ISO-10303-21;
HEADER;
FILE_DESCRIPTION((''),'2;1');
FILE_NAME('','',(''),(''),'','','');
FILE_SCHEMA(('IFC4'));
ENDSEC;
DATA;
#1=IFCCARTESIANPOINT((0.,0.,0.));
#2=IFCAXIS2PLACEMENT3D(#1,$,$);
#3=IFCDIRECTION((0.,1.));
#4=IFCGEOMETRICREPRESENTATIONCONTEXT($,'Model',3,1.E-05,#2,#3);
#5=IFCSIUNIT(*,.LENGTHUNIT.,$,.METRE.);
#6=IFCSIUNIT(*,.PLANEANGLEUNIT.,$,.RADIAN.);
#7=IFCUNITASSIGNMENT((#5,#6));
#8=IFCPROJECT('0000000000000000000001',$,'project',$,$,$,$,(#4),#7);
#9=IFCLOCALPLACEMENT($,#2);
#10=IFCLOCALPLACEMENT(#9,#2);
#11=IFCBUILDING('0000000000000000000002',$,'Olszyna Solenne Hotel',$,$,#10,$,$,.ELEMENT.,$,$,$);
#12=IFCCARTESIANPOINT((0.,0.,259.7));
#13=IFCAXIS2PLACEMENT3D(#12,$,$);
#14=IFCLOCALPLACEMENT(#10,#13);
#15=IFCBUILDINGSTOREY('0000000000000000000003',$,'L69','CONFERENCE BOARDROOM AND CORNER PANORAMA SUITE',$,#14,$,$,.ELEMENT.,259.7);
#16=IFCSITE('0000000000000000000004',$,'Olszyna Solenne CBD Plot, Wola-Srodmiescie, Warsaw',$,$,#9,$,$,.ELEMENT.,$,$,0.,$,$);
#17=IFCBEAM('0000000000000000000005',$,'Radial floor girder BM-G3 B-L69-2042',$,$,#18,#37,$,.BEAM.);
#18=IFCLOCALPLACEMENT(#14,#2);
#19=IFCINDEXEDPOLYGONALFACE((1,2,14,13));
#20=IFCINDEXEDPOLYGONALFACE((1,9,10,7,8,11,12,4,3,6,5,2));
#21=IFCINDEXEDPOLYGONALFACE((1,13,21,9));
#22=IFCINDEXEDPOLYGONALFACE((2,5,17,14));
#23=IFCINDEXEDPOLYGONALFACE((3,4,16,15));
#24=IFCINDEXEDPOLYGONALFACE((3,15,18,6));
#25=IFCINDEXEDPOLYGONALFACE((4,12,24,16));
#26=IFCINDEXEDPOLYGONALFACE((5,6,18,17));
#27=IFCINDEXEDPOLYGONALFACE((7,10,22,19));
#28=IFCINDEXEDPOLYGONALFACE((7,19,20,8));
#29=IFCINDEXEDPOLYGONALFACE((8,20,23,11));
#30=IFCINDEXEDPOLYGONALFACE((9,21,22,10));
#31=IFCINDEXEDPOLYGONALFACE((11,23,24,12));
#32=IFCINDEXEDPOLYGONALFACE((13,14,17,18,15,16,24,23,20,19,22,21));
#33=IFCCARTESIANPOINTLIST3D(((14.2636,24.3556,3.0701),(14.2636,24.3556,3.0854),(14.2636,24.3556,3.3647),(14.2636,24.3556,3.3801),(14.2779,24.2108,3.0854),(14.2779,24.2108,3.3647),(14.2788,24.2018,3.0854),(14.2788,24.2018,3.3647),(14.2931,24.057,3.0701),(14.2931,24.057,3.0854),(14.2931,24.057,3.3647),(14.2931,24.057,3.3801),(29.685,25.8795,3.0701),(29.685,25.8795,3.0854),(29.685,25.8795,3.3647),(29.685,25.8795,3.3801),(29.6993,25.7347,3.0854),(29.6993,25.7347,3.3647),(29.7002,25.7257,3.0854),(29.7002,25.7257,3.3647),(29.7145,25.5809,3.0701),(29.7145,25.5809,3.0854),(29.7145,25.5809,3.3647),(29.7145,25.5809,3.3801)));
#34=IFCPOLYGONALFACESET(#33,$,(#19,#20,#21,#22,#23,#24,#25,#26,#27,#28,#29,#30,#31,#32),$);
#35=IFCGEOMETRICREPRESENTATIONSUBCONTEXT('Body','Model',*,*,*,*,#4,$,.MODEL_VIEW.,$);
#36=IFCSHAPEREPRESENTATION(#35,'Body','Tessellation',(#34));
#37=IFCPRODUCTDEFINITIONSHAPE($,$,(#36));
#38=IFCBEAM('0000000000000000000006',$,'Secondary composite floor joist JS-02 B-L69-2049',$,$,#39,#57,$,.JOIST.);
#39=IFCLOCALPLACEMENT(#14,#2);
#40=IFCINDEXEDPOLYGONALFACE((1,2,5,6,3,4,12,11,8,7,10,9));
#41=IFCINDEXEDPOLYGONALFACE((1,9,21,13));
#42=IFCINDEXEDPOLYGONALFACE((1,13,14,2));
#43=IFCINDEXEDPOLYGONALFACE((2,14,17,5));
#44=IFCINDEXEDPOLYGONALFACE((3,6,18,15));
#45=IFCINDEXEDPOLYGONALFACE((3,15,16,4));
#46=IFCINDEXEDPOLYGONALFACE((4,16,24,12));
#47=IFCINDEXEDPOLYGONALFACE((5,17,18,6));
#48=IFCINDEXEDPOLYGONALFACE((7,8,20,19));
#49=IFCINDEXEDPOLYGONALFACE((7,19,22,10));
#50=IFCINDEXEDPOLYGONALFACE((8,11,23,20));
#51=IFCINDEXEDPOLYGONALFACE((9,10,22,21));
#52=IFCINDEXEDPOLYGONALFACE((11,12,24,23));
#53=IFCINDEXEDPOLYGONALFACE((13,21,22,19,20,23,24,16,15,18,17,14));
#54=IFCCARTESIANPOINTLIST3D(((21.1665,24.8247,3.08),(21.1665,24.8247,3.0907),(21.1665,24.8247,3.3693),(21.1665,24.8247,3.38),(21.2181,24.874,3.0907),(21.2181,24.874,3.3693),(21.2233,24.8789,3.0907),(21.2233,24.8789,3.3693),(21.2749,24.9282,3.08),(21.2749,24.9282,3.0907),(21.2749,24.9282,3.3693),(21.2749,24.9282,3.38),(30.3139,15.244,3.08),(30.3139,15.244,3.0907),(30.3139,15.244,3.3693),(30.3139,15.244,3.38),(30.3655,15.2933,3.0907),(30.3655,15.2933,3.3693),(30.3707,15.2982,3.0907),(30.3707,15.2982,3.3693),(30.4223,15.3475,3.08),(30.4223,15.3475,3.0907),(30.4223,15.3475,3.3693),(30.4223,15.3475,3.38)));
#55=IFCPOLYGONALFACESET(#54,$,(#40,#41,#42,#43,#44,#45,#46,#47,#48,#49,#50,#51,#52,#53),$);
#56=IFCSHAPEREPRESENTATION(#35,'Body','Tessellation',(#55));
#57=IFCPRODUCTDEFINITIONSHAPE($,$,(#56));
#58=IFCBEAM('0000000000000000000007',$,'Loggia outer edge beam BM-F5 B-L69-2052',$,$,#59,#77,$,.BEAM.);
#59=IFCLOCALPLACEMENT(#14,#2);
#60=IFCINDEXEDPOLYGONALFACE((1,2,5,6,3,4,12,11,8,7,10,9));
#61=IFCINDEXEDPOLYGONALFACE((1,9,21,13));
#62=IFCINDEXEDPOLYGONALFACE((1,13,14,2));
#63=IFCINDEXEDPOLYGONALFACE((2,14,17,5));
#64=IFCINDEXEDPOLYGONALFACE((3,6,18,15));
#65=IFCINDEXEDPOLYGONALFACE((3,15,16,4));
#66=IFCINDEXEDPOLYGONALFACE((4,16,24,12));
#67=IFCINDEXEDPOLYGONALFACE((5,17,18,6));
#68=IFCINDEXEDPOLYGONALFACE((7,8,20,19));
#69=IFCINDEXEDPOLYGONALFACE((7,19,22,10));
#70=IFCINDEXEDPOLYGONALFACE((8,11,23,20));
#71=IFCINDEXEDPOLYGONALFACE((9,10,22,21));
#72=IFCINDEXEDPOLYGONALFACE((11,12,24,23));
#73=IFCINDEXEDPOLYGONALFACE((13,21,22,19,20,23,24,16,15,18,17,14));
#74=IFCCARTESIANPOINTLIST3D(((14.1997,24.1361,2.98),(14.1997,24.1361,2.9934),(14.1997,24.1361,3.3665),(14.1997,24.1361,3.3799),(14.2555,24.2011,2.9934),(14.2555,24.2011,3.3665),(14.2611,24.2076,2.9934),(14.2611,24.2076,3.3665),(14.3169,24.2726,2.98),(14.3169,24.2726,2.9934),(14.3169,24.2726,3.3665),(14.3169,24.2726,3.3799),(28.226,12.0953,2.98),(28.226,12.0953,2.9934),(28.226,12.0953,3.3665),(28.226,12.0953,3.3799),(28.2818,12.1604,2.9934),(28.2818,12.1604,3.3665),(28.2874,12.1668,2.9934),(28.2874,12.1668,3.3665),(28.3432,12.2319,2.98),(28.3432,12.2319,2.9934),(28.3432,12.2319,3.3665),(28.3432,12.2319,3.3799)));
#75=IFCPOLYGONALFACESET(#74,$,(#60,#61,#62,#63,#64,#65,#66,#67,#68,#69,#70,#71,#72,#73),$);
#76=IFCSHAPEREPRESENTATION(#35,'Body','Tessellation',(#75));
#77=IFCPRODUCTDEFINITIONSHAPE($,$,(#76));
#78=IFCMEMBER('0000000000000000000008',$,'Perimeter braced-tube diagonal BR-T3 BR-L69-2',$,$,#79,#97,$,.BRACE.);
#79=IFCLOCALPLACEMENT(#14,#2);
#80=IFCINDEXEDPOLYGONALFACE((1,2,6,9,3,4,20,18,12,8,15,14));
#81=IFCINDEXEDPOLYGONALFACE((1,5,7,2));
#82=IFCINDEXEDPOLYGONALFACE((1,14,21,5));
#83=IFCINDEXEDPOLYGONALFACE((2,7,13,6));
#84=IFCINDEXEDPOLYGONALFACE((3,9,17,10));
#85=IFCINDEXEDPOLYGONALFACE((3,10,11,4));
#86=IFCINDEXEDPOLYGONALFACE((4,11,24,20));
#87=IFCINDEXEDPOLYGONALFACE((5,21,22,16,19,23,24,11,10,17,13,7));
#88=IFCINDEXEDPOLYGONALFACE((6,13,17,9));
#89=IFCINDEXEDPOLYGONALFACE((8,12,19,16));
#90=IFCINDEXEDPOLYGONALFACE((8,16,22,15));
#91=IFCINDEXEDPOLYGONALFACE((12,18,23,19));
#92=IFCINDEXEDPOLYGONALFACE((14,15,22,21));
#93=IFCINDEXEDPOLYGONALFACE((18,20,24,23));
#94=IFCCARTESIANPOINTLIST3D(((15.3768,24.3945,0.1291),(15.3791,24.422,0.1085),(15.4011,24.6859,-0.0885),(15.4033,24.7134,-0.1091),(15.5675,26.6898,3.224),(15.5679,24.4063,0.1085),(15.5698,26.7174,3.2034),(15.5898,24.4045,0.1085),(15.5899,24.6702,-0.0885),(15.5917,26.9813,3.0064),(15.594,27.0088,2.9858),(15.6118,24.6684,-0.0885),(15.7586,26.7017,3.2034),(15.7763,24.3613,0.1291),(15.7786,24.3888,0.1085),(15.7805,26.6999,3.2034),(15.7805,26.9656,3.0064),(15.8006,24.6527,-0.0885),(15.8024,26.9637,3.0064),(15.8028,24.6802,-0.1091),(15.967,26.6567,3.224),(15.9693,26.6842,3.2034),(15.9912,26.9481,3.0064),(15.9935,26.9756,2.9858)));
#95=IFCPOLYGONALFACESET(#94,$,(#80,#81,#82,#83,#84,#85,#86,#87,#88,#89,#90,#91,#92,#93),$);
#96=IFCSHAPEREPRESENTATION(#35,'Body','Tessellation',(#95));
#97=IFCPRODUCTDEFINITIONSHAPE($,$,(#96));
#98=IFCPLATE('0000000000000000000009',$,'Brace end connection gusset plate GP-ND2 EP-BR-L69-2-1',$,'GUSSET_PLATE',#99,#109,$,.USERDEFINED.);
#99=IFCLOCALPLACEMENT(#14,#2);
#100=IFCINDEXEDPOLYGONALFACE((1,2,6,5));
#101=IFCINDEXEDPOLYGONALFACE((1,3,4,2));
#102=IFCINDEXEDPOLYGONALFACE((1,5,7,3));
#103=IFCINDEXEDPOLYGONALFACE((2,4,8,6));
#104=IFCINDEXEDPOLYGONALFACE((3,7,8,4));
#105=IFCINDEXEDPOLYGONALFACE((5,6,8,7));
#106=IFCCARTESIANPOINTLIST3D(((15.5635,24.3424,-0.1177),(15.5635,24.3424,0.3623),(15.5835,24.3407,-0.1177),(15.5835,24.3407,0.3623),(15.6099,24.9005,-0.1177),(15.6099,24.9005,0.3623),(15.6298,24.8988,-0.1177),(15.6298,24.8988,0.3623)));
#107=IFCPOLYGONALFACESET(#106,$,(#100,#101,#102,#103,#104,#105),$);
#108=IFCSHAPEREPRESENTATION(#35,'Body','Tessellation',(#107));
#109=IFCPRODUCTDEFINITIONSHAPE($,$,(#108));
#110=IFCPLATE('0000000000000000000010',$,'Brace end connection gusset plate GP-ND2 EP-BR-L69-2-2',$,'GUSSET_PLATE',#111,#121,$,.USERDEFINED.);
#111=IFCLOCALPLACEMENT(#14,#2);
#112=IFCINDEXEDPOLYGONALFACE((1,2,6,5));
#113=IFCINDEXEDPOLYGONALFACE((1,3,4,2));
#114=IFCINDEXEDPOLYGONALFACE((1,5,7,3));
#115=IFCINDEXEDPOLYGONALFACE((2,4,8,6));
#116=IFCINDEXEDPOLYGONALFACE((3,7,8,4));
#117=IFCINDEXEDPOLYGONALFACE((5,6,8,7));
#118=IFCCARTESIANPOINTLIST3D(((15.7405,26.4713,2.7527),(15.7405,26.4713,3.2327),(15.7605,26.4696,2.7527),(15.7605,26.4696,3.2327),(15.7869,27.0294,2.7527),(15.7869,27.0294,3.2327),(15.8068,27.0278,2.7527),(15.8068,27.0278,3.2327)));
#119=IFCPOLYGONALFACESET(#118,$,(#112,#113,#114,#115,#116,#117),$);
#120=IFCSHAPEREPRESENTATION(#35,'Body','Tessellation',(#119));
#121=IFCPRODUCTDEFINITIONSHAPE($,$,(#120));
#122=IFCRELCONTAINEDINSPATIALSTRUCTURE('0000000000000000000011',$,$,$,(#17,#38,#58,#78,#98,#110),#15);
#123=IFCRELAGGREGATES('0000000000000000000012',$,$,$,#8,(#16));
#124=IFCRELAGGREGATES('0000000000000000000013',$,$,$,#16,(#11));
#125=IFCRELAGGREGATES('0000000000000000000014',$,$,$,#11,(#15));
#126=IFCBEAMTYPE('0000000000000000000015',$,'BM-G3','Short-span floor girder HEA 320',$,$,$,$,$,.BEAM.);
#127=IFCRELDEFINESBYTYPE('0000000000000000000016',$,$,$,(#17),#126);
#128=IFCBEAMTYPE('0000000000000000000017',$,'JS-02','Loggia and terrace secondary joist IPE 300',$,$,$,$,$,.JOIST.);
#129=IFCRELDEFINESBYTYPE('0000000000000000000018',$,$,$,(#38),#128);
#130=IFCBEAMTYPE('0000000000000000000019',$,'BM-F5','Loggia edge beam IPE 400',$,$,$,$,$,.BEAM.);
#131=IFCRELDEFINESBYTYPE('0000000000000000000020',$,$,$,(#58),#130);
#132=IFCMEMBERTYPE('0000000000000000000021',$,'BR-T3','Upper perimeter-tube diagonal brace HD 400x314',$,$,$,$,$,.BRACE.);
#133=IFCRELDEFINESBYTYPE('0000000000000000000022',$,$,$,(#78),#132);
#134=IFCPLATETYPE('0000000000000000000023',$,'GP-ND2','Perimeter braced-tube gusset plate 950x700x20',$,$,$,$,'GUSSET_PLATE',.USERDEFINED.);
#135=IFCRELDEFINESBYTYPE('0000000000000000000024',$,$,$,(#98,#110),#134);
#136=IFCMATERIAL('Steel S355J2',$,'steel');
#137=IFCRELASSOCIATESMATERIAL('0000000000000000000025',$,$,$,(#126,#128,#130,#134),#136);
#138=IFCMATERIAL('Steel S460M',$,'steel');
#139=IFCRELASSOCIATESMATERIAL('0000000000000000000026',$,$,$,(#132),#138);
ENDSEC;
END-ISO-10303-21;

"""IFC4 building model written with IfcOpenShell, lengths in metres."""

from ifc_helpers import new_model, si_unit, direction, frame, origin, origin_2d, place, context, subcontext, project, spatial, rectangle, i_section, extrude, source, transform, mapped, material, material_profile, profile_set, type_object, element, save


model = new_model("IFC4")

# Units and contexts
model_context = context("Model", 3, precision=1e-05, world=origin(), true_north=direction((0.0, 1.0)))
body_context = subcontext(model_context, "Body", "Model", "MODEL_VIEW")
ifc_project = project(units=[si_unit("LENGTHUNIT", "METRE"), si_unit("PLANEANGLEUNIT", "RADIAN")], contexts=[model_context])

# Site, building, storey
site_placement = place(None, origin())
site = spatial("IfcSite", under=ifc_project, at=site_placement, Name="Olszyna Solenne CBD Plot, Wola-Srodmiescie, Warsaw", CompositionType="ELEMENT", RefElevation=0.0)
building_placement = place(site_placement, origin())
building = spatial("IfcBuilding", under=site, at=building_placement, Name="Olszyna Solenne Hotel", CompositionType="ELEMENT")
storey_placement = place(building_placement, frame((0.0, 0.0, 259.7)))
storey = spatial("IfcBuildingStorey", under=building, at=storey_placement, Name="L69", Description="CONFERENCE BOARDROOM AND CORNER PANORAMA SUITE", CompositionType="ELEMENT", Elevation=259.7)

# Shared definitions
ifc_material_1 = material(Name="Steel S460M", Category="steel")

# Beams
ifc_material_2 = material(Name="Steel S355J2", Category="steel")
ifc_material_profile_1 = material_profile(ifc_material_2, i_section(OverallWidth=0.3, OverallDepth=0.3101, WebThickness=0.009, FlangeThickness=0.0154, at=origin_2d()), Name="HEA 320", Category="load-bearing")
ifc_profile_set_1 = profile_set([ifc_material_profile_1], Name="Steel S355J2")
beam_type_1 = type_object("IfcBeamType", Name="BM-G3", Description="Short-span floor girder HEA 320", PredefinedType="BEAM", material=ifc_profile_set_1)
shared_shape_1 = source(origin(), body_context, "Body", "SweptSolid", [
    extrude(i_section(OverallWidth=0.3, OverallDepth=0.3101, WebThickness=0.009, FlangeThickness=0.0154, at=origin_2d()), origin(), (0.0, 0.0, 1.0), 15.4966),
])
beam_1_placement = place(storey_placement, frame((14.2783, 24.2063, 3.2251), z_axis=(0.995153, 0.09834, 0.0), x_axis=(-0.09834, 0.995153, 0.0)))
element("IfcBeam", 1, at=beam_1_placement, inside=storey, type_object=beam_type_1, Name="Radial floor girder BM-G3 B-L69-2042", PredefinedType="BEAM", context=body_context, shape_type="MappedRepresentation", body=[
    mapped(shared_shape_1, transform((0.0, 0.0, 0.0), x_axis=(1.0, 0.0, 0.0), y_axis=(0.0, 1.0, 0.0), z_axis=(0.0, 0.0, 1.0), scale=1.0)),
])
ifc_material_profile_2 = material_profile(ifc_material_2, i_section(OverallWidth=0.1499, OverallDepth=0.3, WebThickness=0.0071, FlangeThickness=0.0107, at=origin_2d()), Name="IPE 300", Category="load-bearing")
ifc_profile_set_2 = profile_set([ifc_material_profile_2], Name="Steel S355J2")
beam_type_2 = type_object("IfcBeamType", Name="JS-02", Description="Loggia and terrace secondary joist IPE 300", PredefinedType="JOIST", material=ifc_profile_set_2)
shared_shape_2 = source(origin(), body_context, "Body", "SweptSolid", [
    extrude(i_section(OverallWidth=0.1499, OverallDepth=0.3, WebThickness=0.0071, FlangeThickness=0.0107, at=origin_2d()), origin(), (0.0, 0.0, 1.0), 13.2463),
])
beam_2_placement = place(storey_placement, frame((21.2207, 24.8765, 3.23), z_axis=(0.69056, -0.723275, 0.0), x_axis=(0.723275, 0.69056, 0.0)))
element("IfcBeam", 2, at=beam_2_placement, inside=storey, type_object=beam_type_2, Name="Secondary composite floor joist JS-02 B-L69-2049", PredefinedType="JOIST", context=body_context, shape_type="MappedRepresentation", body=[
    mapped(shared_shape_2, transform((0.0, 0.0, 0.0), x_axis=(1.0, 0.0, 0.0), y_axis=(0.0, 1.0, 0.0), z_axis=(0.0, 0.0, 1.0), scale=1.0)),
])
ifc_material_profile_3 = material_profile(ifc_material_2, i_section(OverallWidth=0.1799, OverallDepth=0.3999, WebThickness=0.0085, FlangeThickness=0.0134, at=origin_2d()), Name="IPE 400", Category="load-bearing")
ifc_profile_set_3 = profile_set([ifc_material_profile_3], Name="Steel S355J2")
beam_type_3 = type_object("IfcBeamType", Name="BM-F5", Description="Loggia edge beam IPE 400", PredefinedType="BEAM", material=ifc_profile_set_3)
shared_shape_3 = source(origin(), body_context, "Body", "SweptSolid", [
    extrude(i_section(OverallWidth=0.1799, OverallDepth=0.3999, WebThickness=0.0085, FlangeThickness=0.0134, at=origin_2d()), origin(), (0.0, 0.0, 1.0), 18.4856),
])
beam_3_placement = place(storey_placement, frame((14.2583, 24.2043, 3.1799), z_axis=(0.758771, -0.651358, 0.0), x_axis=(0.651358, 0.758771, 0.0)))
element("IfcBeam", 3, at=beam_3_placement, inside=storey, type_object=beam_type_3, Name="Loggia outer edge beam BM-F5 B-L69-2052", PredefinedType="BEAM", context=body_context, shape_type="MappedRepresentation", body=[
    mapped(shared_shape_3, transform((0.0, 0.0, 0.0), x_axis=(1.0, 0.0, 0.0), y_axis=(0.0, 1.0, 0.0), z_axis=(0.0, 0.0, 1.0), scale=1.0)),
])

# Member
ifc_material_profile_4 = material_profile(ifc_material_1, i_section(OverallWidth=0.4009, OverallDepth=0.3989, WebThickness=0.022, FlangeThickness=0.0344, at=origin_2d()), Name="HD 400x314", Category="load-bearing")
ifc_profile_set_4 = profile_set([ifc_material_profile_4], Name="Steel S460M")
member_type = type_object("IfcMemberType", Name="BR-T3", Description="Upper perimeter-tube diagonal brace HD 400x314", PredefinedType="BRACE", material=ifc_profile_set_4)
shared_shape_4 = source(origin(), body_context, "Body", "SweptSolid", [
    extrude(i_section(OverallWidth=0.4009, OverallDepth=0.3989, WebThickness=0.022, FlangeThickness=0.0344, at=origin_2d()), origin(), (0.0, 0.0, 1.0), 3.8579),
])
member_placement = place(storey_placement, frame((15.5898, 24.5374, 0.01), z_axis=(0.049423, 0.594975, 0.802223), x_axis=(-0.996568, 0.082782, 0.0)))
element("IfcMember", 4, at=member_placement, inside=storey, type_object=member_type, Name="Perimeter braced-tube diagonal BR-T3 BR-L69-2", PredefinedType="BRACE", context=body_context, shape_type="MappedRepresentation", body=[
    mapped(shared_shape_4, transform((0.0, 0.0, 0.0), x_axis=(1.0, 0.0, 0.0), y_axis=(0.0, 1.0, 0.0), z_axis=(0.0, 0.0, 1.0), scale=1.0)),
])

# Plates
plate_type = type_object("IfcPlateType", Name="GP-ND2", Description="Perimeter braced-tube gusset plate 950x700x20", ElementType="GUSSET_PLATE", PredefinedType="USERDEFINED", material=ifc_material_2)
shared_shape_5 = source(origin(), body_context, "Body", "SweptSolid", [
    extrude(rectangle(XDim=0.5601, YDim=0.02, at=origin_2d()), origin(), (0.0, 0.0, 1.0), 0.48),
])
for number, where, z_axis, x_axis, name in (
    (5, (15.5967, 24.6206, -0.1177), (0.0, 0.0, 1.0), (0.082808, 0.996566, 0.0), "Brace end connection gusset plate GP-ND2 EP-BR-L69-2-1"),
    (6, (15.7737, 26.7495, 2.7527), (0.0, 0.0, 1.0), (0.082808, 0.996566, 0.0), "Brace end connection gusset plate GP-ND2 EP-BR-L69-2-2"),
):
    element("IfcPlate", number, at=place(storey_placement, frame(where, z_axis=z_axis, x_axis=x_axis)), inside=storey, type_object=plate_type, Name=name, ObjectType="GUSSET_PLATE", PredefinedType="USERDEFINED", context=body_context, shape_type="MappedRepresentation", body=[
        mapped(shared_shape_5, transform((0.0, 0.0, 0.0), x_axis=(1.0, 0.0, 0.0), y_axis=(0.0, 1.0, 0.0), z_axis=(0.0, 0.0, 1.0), scale=1.0)),
    ])

save(model, "model.ifc")
